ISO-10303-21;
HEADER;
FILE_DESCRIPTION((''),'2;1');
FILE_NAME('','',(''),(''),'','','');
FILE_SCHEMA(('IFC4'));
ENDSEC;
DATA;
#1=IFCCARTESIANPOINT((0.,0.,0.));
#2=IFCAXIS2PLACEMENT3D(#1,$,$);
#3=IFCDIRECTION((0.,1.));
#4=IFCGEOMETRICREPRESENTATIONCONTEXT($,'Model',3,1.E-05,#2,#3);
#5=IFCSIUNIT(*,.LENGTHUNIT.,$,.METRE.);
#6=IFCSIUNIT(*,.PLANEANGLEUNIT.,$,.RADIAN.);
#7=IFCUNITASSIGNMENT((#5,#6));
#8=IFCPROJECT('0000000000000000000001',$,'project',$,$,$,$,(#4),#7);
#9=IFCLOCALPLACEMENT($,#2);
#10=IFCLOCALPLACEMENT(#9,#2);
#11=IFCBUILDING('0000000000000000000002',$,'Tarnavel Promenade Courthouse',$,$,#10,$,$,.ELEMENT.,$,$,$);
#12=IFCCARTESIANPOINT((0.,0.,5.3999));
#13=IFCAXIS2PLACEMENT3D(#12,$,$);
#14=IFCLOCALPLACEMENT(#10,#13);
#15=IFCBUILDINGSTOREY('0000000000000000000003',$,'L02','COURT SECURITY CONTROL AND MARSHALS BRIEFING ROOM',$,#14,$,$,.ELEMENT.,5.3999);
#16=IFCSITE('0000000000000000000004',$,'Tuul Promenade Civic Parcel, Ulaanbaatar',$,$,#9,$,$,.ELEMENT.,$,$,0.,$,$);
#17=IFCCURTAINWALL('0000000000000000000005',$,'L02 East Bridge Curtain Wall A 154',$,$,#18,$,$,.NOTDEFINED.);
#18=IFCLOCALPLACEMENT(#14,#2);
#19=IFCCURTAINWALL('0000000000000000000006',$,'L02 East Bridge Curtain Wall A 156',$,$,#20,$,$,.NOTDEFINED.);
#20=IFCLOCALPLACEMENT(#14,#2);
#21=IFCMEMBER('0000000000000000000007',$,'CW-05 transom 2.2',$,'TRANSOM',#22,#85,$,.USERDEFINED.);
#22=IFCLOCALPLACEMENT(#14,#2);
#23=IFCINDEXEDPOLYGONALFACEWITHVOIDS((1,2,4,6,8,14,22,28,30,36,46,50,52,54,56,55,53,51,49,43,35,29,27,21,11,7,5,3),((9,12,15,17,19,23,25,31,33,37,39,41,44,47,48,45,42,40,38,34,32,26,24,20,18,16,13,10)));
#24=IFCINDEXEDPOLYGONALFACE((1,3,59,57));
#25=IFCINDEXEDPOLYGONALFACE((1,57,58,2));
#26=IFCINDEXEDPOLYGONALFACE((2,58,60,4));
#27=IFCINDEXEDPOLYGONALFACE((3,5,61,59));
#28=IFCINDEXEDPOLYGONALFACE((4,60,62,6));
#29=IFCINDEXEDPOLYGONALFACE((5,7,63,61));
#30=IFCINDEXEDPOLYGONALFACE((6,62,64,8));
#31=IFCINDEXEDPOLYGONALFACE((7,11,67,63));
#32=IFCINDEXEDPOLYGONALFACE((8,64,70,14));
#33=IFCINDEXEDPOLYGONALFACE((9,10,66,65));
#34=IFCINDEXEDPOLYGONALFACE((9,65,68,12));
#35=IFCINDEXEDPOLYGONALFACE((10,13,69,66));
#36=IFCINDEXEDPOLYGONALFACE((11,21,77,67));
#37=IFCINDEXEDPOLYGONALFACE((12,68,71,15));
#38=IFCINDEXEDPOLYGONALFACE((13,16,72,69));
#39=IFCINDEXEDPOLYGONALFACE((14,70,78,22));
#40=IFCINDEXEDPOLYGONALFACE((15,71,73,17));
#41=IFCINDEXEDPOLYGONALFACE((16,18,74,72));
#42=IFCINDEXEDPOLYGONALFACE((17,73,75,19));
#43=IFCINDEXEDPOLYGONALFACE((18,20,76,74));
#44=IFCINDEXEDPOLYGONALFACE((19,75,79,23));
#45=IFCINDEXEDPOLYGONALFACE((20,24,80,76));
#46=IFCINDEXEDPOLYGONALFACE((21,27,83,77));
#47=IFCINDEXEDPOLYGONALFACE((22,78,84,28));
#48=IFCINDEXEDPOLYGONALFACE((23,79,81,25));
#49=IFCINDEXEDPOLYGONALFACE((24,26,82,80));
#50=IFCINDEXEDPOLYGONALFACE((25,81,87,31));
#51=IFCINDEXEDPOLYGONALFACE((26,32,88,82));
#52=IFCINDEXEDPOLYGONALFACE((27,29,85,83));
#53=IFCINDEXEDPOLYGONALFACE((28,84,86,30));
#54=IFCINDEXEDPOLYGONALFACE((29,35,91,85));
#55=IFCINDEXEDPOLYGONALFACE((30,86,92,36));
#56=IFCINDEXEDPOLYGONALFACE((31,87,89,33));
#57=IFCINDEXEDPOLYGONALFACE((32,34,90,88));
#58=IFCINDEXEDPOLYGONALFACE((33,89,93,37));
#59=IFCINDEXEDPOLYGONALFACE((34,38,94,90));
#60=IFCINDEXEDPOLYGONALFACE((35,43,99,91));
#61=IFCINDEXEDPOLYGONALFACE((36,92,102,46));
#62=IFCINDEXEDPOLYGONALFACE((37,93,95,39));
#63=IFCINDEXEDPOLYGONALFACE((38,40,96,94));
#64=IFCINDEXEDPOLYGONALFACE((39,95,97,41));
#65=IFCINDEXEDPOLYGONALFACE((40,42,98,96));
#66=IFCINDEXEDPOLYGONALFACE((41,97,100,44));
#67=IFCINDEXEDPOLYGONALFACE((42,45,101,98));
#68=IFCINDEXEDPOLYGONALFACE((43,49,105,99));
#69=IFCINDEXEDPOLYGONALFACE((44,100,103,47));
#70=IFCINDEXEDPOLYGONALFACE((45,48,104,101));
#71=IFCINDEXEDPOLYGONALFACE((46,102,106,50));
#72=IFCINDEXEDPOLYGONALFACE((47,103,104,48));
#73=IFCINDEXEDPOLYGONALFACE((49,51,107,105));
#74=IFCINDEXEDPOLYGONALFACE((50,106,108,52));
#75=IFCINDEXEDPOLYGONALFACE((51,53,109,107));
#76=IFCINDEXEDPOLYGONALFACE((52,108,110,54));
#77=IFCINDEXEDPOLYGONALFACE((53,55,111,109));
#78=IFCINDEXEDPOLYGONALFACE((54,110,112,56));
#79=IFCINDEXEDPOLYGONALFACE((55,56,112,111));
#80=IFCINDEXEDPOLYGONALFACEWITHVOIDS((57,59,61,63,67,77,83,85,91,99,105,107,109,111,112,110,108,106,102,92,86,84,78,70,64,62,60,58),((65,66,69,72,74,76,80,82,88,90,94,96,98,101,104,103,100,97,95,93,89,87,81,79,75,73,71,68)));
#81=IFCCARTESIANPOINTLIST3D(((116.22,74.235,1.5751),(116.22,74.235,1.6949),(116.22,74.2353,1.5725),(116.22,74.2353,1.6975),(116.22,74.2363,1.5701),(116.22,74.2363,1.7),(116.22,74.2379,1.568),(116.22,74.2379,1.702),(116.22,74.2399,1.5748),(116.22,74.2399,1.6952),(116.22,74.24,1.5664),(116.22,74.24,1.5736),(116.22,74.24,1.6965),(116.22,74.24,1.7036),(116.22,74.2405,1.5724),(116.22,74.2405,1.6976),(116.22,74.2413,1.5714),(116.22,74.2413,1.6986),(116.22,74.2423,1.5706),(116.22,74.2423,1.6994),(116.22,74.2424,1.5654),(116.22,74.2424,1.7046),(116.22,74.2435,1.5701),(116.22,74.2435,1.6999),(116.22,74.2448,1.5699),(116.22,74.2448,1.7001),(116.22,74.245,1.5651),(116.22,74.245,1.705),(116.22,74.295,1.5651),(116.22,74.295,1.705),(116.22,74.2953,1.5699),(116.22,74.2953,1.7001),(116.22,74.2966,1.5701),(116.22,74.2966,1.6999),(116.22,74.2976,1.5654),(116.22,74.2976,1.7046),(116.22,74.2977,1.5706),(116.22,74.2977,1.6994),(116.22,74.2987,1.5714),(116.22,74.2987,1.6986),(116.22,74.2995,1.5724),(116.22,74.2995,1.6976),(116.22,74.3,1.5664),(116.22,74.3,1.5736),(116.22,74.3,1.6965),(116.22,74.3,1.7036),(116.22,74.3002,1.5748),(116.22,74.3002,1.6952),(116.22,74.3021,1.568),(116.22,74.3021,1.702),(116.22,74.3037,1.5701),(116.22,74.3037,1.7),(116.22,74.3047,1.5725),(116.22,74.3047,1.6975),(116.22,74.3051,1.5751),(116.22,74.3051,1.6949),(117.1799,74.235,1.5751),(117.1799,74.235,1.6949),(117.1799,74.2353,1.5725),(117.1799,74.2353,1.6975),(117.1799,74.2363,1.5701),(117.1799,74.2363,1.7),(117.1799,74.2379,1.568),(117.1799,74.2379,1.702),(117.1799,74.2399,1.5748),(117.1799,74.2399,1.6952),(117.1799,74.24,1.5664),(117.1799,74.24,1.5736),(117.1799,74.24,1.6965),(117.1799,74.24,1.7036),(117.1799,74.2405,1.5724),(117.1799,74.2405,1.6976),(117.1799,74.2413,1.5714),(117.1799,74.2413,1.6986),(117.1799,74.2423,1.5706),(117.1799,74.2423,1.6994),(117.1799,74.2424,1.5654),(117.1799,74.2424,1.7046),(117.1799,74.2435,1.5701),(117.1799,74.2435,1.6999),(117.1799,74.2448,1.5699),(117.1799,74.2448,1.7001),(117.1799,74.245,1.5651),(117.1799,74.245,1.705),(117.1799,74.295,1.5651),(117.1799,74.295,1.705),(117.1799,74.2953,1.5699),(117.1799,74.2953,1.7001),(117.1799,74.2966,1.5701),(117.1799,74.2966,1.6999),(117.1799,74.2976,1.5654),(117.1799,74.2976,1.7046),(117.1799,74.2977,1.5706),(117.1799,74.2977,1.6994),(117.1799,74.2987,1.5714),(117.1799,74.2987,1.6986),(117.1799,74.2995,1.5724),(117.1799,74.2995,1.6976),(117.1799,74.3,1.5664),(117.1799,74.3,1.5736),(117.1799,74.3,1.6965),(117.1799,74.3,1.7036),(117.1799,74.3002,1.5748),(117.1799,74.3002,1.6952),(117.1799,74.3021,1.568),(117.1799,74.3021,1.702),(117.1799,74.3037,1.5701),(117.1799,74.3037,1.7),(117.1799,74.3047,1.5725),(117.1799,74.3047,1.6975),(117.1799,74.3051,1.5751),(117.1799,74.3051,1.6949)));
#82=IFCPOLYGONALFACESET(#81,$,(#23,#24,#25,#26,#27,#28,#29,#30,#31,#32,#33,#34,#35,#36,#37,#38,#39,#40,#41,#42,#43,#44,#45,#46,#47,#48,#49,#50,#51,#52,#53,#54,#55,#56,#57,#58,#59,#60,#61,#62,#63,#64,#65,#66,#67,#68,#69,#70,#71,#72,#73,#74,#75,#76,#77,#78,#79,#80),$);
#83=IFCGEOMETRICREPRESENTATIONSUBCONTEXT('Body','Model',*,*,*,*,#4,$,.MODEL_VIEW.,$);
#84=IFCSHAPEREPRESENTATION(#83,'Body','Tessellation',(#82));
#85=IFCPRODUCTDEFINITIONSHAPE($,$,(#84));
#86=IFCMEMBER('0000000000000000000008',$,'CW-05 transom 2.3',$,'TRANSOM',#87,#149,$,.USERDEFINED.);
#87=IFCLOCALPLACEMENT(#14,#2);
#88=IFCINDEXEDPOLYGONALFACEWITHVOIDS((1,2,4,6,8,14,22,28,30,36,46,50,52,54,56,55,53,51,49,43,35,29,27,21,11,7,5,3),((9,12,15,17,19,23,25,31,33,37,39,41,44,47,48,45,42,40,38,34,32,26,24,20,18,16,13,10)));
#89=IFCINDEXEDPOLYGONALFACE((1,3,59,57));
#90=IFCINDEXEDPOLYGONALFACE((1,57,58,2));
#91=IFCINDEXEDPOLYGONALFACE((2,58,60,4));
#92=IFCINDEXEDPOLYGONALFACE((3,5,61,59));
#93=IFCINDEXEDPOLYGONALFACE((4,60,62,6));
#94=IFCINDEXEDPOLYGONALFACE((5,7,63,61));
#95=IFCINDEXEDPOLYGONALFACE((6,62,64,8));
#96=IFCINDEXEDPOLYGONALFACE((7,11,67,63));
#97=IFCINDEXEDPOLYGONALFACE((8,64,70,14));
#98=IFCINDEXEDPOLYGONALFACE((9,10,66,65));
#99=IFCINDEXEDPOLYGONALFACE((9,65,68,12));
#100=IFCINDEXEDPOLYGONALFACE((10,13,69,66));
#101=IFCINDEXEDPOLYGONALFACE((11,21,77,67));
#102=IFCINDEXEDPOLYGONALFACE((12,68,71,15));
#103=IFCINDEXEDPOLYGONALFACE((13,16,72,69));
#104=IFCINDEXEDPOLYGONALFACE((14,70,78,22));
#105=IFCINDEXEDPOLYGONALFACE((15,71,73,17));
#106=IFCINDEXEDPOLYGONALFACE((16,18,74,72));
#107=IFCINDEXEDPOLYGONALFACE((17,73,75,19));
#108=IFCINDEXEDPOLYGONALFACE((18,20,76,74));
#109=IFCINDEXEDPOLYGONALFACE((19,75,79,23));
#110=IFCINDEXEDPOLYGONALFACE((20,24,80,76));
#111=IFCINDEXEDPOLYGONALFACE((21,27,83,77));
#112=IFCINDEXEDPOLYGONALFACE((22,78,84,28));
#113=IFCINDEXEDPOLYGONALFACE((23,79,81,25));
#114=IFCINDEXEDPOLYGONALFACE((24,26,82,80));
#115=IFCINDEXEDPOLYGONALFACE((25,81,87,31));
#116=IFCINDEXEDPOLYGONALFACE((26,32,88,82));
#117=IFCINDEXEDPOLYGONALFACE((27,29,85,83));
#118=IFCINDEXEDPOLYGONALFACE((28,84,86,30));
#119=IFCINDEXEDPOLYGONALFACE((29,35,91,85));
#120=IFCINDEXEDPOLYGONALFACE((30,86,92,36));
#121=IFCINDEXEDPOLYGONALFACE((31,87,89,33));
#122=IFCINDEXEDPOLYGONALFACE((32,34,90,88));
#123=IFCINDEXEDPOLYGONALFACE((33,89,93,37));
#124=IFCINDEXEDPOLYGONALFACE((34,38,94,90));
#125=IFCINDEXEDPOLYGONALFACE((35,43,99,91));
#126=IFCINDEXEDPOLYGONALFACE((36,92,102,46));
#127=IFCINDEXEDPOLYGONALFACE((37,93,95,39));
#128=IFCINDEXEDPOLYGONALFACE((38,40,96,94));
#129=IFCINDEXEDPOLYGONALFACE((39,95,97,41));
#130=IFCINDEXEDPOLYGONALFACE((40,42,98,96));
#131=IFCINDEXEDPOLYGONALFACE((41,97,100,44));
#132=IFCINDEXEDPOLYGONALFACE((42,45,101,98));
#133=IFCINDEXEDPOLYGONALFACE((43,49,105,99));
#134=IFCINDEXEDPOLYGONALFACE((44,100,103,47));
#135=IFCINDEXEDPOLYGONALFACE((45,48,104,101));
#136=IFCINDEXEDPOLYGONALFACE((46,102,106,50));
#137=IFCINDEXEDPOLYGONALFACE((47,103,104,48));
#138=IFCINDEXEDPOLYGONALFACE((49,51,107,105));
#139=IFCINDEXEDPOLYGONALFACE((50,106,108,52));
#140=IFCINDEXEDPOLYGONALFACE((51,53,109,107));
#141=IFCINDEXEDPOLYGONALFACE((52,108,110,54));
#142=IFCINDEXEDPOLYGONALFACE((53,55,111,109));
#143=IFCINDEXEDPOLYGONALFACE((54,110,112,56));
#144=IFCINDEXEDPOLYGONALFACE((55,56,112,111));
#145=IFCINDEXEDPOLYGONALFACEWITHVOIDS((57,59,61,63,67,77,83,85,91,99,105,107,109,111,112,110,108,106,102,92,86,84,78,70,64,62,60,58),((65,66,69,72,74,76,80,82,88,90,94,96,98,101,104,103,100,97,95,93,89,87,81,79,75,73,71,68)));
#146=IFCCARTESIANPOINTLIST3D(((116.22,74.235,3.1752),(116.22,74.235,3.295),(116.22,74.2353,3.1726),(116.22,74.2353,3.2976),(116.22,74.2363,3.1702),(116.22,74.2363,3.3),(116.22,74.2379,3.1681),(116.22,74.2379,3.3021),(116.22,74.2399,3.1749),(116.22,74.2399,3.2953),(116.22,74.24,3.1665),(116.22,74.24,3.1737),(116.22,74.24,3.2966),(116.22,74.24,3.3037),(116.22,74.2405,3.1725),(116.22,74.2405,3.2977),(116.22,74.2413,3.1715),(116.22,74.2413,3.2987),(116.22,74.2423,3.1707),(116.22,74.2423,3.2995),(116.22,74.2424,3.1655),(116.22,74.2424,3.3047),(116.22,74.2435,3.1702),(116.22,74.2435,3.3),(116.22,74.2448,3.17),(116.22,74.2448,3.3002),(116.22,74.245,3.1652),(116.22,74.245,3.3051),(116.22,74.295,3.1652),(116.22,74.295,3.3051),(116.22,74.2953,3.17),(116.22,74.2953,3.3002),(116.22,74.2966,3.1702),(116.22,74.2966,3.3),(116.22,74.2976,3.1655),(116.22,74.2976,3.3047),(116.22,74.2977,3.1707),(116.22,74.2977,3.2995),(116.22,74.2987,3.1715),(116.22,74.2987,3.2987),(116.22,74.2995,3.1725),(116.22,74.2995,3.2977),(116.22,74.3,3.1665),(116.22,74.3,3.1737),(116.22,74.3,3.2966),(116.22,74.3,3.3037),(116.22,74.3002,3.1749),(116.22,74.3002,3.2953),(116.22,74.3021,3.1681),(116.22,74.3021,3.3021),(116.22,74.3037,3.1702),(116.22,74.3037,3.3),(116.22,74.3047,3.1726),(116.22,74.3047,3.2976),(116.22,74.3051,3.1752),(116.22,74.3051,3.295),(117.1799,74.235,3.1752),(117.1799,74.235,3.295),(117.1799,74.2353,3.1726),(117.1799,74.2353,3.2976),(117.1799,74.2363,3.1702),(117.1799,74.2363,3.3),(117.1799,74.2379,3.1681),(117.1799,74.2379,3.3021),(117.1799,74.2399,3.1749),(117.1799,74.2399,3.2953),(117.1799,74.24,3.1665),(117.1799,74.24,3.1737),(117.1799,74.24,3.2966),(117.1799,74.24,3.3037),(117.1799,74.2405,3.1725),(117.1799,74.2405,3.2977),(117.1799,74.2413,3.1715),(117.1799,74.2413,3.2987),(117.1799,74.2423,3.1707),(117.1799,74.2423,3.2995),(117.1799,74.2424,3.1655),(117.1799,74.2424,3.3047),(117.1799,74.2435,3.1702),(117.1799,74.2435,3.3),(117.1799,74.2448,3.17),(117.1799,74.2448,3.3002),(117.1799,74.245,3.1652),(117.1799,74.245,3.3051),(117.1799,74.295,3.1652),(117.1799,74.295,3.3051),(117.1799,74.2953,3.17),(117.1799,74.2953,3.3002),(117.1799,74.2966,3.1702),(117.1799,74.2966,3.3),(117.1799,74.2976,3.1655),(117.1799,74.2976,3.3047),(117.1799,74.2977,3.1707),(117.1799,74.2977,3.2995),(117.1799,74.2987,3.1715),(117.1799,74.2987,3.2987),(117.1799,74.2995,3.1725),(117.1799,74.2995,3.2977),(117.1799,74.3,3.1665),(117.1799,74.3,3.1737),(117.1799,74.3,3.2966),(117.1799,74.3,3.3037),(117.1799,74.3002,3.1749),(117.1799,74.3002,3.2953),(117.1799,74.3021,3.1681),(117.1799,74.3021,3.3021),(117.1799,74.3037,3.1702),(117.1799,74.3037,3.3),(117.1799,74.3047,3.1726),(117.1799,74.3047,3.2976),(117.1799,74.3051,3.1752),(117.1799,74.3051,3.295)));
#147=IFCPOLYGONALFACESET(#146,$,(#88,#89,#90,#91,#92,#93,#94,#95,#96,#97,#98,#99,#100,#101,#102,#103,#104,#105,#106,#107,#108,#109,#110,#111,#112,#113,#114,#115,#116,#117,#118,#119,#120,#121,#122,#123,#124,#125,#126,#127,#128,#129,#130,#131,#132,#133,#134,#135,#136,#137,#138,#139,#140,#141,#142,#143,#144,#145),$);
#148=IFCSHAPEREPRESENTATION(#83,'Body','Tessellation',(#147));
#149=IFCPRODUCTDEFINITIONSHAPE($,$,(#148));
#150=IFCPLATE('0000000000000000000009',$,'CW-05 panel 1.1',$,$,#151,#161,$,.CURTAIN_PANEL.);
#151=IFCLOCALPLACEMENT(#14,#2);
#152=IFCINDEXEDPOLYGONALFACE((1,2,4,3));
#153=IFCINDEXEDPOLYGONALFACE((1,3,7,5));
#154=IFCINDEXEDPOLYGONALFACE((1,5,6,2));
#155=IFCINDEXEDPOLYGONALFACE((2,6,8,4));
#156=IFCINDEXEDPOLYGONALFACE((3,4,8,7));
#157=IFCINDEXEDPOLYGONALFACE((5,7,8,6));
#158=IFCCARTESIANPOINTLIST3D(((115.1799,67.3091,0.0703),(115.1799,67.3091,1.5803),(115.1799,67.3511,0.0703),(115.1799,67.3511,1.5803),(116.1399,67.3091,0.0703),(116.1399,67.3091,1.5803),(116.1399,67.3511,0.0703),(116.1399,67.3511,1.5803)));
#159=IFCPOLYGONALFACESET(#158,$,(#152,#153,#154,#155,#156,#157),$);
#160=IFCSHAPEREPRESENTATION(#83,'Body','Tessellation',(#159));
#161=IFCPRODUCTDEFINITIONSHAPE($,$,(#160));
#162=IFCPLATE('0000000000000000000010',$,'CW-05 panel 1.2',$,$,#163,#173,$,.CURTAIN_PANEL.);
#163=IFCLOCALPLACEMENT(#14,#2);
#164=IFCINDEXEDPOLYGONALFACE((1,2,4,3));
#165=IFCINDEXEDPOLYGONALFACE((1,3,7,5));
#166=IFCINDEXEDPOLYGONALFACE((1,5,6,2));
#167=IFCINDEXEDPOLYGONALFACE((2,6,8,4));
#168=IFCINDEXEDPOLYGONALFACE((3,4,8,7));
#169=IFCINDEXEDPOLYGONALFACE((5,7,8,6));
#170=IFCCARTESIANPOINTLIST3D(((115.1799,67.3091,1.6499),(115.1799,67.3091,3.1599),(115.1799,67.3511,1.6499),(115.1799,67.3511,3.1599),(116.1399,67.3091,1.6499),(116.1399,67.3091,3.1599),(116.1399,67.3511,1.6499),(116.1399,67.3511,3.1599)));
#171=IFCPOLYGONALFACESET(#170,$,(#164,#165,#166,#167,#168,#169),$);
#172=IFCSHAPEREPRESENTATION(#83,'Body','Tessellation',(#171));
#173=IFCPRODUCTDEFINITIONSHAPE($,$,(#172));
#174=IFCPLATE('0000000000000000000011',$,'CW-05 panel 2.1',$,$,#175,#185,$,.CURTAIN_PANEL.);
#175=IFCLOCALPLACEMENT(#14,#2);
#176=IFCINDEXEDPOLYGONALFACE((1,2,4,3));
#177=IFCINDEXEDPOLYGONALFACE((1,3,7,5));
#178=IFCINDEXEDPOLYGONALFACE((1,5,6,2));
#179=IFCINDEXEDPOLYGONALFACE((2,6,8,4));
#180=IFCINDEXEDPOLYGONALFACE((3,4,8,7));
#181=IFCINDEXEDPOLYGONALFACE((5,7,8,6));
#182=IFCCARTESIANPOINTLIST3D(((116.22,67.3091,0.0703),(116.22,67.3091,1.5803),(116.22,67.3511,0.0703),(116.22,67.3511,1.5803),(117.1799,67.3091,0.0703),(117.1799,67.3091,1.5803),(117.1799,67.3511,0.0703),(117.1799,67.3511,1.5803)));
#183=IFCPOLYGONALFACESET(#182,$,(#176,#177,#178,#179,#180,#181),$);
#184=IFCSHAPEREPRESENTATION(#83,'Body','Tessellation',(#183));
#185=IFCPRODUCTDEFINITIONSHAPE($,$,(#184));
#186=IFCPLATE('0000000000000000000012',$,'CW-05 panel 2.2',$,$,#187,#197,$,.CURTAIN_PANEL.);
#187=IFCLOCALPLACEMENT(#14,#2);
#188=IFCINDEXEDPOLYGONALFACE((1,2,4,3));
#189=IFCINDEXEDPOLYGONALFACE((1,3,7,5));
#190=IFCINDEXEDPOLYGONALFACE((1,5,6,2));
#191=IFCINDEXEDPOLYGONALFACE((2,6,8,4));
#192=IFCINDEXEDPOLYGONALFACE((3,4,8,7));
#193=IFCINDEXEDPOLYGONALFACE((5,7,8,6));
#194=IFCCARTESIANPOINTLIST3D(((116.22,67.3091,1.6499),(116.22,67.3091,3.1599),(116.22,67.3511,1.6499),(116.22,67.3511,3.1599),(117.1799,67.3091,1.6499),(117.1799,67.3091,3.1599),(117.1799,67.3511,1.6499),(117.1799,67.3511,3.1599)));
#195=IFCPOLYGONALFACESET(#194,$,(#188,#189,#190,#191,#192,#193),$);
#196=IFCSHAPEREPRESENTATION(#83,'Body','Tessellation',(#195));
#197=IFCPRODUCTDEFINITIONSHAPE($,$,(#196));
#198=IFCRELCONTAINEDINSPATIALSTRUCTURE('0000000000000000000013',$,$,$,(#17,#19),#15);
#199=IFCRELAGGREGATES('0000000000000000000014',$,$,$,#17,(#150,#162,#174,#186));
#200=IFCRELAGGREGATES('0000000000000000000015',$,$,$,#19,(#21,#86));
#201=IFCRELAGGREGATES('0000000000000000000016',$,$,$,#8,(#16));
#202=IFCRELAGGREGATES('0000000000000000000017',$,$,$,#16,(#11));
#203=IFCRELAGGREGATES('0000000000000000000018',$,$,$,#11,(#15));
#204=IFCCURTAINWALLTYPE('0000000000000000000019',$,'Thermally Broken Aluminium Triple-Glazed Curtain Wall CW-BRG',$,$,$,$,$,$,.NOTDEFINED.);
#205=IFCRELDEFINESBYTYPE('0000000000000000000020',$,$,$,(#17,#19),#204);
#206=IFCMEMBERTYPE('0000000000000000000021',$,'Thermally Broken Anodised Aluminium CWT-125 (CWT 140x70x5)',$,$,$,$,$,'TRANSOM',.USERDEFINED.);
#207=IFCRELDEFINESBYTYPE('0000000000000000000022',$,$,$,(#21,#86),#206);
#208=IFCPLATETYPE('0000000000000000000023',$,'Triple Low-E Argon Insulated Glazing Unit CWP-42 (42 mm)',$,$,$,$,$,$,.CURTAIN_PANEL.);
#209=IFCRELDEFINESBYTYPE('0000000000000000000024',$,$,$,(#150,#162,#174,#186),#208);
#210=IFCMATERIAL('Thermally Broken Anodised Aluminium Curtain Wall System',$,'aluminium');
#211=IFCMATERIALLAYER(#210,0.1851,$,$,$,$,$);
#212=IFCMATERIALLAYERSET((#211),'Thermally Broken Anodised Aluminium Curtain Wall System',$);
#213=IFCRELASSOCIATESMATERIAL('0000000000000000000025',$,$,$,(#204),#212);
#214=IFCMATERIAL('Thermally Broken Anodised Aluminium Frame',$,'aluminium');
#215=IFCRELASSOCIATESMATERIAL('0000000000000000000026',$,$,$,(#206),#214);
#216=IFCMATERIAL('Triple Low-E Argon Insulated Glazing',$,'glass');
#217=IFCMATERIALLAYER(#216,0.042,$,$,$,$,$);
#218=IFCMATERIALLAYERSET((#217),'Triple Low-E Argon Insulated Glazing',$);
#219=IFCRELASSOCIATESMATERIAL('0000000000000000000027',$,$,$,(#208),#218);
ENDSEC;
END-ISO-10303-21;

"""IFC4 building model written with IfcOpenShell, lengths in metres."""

from ifc_helpers import new_model, si_unit, direction, frame, origin, origin_2d, place, context, subcontext, project, spatial, rectangle, hollow_rectangle, extrude, material, layer, layer_set, material_profile, profile_set, type_object, element, aggregate, save


model = new_model("IFC4")

# Units and contexts
model_context = context("Model", 3, precision=1e-05, world=origin(), true_north=direction((0.0, 1.0)))
body_context = subcontext(model_context, "Body", "Model", "MODEL_VIEW")
ifc_project = project(units=[si_unit("LENGTHUNIT", "METRE"), si_unit("PLANEANGLEUNIT", "RADIAN")], contexts=[model_context])

# Site, building, storey
site_placement = place(None, origin())
site = spatial("IfcSite", under=ifc_project, at=site_placement, Name="Tuul Promenade Civic Parcel, Ulaanbaatar", CompositionType="ELEMENT", RefElevation=0.0)
building_placement = place(site_placement, origin())
building = spatial("IfcBuilding", under=site, at=building_placement, Name="Tarnavel Promenade Courthouse", CompositionType="ELEMENT")
storey_placement = place(building_placement, frame((0.0, 0.0, 5.3999)))
storey = spatial("IfcBuildingStorey", under=building, at=storey_placement, Name="L02", Description="COURT SECURITY CONTROL AND MARSHALS BRIEFING ROOM", CompositionType="ELEMENT", Elevation=5.3999)

# Curtain wall
ifc_material_1 = material(Name="Thermally Broken Anodised Aluminium Curtain Wall System", Category="aluminium")
ifc_layer_1 = layer(ifc_material_1, 0.1851)
ifc_layer_set_1 = layer_set([ifc_layer_1], Name="Thermally Broken Anodised Aluminium Curtain Wall System")
curtain_wall_type = type_object("IfcCurtainWallType", Name="Thermally Broken Aluminium Triple-Glazed Curtain Wall CW-BRG", PredefinedType="NOTDEFINED", material=ifc_layer_set_1)
curtain_wall_1_placement = place(storey_placement, origin())
curtain_wall_1 = element("IfcCurtainWall", 1, at=curtain_wall_1_placement, inside=storey, type_object=curtain_wall_type, Name="L02 East Bridge Curtain Wall A 154", PredefinedType="NOTDEFINED")
ifc_material_2 = material(Name="Thermally Broken Anodised Aluminium Frame", Category="aluminium")

# Curtain wall
curtain_wall_2_placement = place(storey_placement, origin())
curtain_wall_2 = element("IfcCurtainWall", 2, at=curtain_wall_2_placement, inside=storey, type_object=curtain_wall_type, Name="L02 East Bridge Curtain Wall A 156", PredefinedType="NOTDEFINED")

# Members
ifc_material_profile_1 = material_profile(ifc_material_2, hollow_rectangle(XDim=0.0701, YDim=0.1399, WallThickness=0.0049, InnerFilletRadius=0.0049, OuterFilletRadius=0.01, at=origin_2d()), Name="CWT 140x70x5")
ifc_profile_set_1 = profile_set([ifc_material_profile_1], Name="Thermally Broken Anodised Aluminium Frame")
member_type_1 = type_object("IfcMemberType", Name="Thermally Broken Anodised Aluminium CWT-125 (CWT 140x70x5)", ElementType="TRANSOM", PredefinedType="USERDEFINED", material=ifc_profile_set_1)
member_1_placement = place(storey_placement, frame((116.22, 74.27, 1.635), z_axis=(1.0, 0.0, 0.0), x_axis=(0.0, 1.0, 0.0)))
member_1 = element("IfcMember", 3, at=member_1_placement, type_object=member_type_1, Name="CW-05 transom 2.2", ObjectType="TRANSOM", PredefinedType="USERDEFINED", context=body_context, shape_type="SweptSolid", body=[
    extrude(hollow_rectangle(XDim=0.0701, YDim=0.1399, WallThickness=0.0049, InnerFilletRadius=0.0049, OuterFilletRadius=0.01, at=origin_2d()), origin(), (0.0, 0.0, 1.0), 0.96),
])
member_2_placement = place(storey_placement, frame((116.22, 74.27, 3.2351), z_axis=(1.0, 0.0, 0.0), x_axis=(0.0, 1.0, 0.0)))
member_2 = element("IfcMember", 4, at=member_2_placement, type_object=member_type_1, Name="CW-05 transom 2.3", ObjectType="TRANSOM", PredefinedType="USERDEFINED", context=body_context, shape_type="SweptSolid", body=[
    extrude(hollow_rectangle(XDim=0.0701, YDim=0.1399, WallThickness=0.0049, InnerFilletRadius=0.0049, OuterFilletRadius=0.01, at=origin_2d()), origin(), (0.0, 0.0, 1.0), 0.96),
])

# Plates
ifc_material_3 = material(Name="Triple Low-E Argon Insulated Glazing", Category="glass")
ifc_layer_2 = layer(ifc_material_3, 0.042)
ifc_layer_set_2 = layer_set([ifc_layer_2], Name="Triple Low-E Argon Insulated Glazing")
plate_type = type_object("IfcPlateType", Name="Triple Low-E Argon Insulated Glazing Unit CWP-42 (42 mm)", PredefinedType="CURTAIN_PANEL", material=ifc_layer_set_2)
plate_1_placement = place(storey_placement, frame((115.6599, 67.3301, 0.0703), z_axis=(0.0, 0.0, 1.0), x_axis=(1.0, 0.0, 0.0)))
plate_1 = element("IfcPlate", 5, at=plate_1_placement, type_object=plate_type, Name="CW-05 panel 1.1", PredefinedType="CURTAIN_PANEL", context=body_context, shape_type="SweptSolid", body=[
    extrude(rectangle(XDim=0.96, YDim=0.042, at=origin_2d()), origin(), (0.0, 0.0, 1.0), 1.51),
])
plate_2_placement = place(storey_placement, frame((115.6599, 67.3301, 1.6499), z_axis=(0.0, 0.0, 1.0), x_axis=(1.0, 0.0, 0.0)))
plate_2 = element("IfcPlate", 6, at=plate_2_placement, type_object=plate_type, Name="CW-05 panel 1.2", PredefinedType="CURTAIN_PANEL", context=body_context, shape_type="SweptSolid", body=[
    extrude(rectangle(XDim=0.96, YDim=0.042, at=origin_2d()), origin(), (0.0, 0.0, 1.0), 1.51),
])
plate_3_placement = place(storey_placement, frame((116.7, 67.3301, 0.0703), z_axis=(0.0, 0.0, 1.0), x_axis=(1.0, 0.0, 0.0)))
plate_3 = element("IfcPlate", 7, at=plate_3_placement, type_object=plate_type, Name="CW-05 panel 2.1", PredefinedType="CURTAIN_PANEL", context=body_context, shape_type="SweptSolid", body=[
    extrude(rectangle(XDim=0.96, YDim=0.042, at=origin_2d()), origin(), (0.0, 0.0, 1.0), 1.51),
])
plate_4_placement = place(storey_placement, frame((116.7, 67.3301, 1.6499), z_axis=(0.0, 0.0, 1.0), x_axis=(1.0, 0.0, 0.0)))
plate_4 = element("IfcPlate", 8, at=plate_4_placement, type_object=plate_type, Name="CW-05 panel 2.2", PredefinedType="CURTAIN_PANEL", context=body_context, shape_type="SweptSolid", body=[
    extrude(rectangle(XDim=0.96, YDim=0.042, at=origin_2d()), origin(), (0.0, 0.0, 1.0), 1.51),
])
aggregate(curtain_wall_1, [plate_1, plate_2, plate_3, plate_4])
aggregate(curtain_wall_2, [member_1, member_2])

save(model, "model.ifc")
